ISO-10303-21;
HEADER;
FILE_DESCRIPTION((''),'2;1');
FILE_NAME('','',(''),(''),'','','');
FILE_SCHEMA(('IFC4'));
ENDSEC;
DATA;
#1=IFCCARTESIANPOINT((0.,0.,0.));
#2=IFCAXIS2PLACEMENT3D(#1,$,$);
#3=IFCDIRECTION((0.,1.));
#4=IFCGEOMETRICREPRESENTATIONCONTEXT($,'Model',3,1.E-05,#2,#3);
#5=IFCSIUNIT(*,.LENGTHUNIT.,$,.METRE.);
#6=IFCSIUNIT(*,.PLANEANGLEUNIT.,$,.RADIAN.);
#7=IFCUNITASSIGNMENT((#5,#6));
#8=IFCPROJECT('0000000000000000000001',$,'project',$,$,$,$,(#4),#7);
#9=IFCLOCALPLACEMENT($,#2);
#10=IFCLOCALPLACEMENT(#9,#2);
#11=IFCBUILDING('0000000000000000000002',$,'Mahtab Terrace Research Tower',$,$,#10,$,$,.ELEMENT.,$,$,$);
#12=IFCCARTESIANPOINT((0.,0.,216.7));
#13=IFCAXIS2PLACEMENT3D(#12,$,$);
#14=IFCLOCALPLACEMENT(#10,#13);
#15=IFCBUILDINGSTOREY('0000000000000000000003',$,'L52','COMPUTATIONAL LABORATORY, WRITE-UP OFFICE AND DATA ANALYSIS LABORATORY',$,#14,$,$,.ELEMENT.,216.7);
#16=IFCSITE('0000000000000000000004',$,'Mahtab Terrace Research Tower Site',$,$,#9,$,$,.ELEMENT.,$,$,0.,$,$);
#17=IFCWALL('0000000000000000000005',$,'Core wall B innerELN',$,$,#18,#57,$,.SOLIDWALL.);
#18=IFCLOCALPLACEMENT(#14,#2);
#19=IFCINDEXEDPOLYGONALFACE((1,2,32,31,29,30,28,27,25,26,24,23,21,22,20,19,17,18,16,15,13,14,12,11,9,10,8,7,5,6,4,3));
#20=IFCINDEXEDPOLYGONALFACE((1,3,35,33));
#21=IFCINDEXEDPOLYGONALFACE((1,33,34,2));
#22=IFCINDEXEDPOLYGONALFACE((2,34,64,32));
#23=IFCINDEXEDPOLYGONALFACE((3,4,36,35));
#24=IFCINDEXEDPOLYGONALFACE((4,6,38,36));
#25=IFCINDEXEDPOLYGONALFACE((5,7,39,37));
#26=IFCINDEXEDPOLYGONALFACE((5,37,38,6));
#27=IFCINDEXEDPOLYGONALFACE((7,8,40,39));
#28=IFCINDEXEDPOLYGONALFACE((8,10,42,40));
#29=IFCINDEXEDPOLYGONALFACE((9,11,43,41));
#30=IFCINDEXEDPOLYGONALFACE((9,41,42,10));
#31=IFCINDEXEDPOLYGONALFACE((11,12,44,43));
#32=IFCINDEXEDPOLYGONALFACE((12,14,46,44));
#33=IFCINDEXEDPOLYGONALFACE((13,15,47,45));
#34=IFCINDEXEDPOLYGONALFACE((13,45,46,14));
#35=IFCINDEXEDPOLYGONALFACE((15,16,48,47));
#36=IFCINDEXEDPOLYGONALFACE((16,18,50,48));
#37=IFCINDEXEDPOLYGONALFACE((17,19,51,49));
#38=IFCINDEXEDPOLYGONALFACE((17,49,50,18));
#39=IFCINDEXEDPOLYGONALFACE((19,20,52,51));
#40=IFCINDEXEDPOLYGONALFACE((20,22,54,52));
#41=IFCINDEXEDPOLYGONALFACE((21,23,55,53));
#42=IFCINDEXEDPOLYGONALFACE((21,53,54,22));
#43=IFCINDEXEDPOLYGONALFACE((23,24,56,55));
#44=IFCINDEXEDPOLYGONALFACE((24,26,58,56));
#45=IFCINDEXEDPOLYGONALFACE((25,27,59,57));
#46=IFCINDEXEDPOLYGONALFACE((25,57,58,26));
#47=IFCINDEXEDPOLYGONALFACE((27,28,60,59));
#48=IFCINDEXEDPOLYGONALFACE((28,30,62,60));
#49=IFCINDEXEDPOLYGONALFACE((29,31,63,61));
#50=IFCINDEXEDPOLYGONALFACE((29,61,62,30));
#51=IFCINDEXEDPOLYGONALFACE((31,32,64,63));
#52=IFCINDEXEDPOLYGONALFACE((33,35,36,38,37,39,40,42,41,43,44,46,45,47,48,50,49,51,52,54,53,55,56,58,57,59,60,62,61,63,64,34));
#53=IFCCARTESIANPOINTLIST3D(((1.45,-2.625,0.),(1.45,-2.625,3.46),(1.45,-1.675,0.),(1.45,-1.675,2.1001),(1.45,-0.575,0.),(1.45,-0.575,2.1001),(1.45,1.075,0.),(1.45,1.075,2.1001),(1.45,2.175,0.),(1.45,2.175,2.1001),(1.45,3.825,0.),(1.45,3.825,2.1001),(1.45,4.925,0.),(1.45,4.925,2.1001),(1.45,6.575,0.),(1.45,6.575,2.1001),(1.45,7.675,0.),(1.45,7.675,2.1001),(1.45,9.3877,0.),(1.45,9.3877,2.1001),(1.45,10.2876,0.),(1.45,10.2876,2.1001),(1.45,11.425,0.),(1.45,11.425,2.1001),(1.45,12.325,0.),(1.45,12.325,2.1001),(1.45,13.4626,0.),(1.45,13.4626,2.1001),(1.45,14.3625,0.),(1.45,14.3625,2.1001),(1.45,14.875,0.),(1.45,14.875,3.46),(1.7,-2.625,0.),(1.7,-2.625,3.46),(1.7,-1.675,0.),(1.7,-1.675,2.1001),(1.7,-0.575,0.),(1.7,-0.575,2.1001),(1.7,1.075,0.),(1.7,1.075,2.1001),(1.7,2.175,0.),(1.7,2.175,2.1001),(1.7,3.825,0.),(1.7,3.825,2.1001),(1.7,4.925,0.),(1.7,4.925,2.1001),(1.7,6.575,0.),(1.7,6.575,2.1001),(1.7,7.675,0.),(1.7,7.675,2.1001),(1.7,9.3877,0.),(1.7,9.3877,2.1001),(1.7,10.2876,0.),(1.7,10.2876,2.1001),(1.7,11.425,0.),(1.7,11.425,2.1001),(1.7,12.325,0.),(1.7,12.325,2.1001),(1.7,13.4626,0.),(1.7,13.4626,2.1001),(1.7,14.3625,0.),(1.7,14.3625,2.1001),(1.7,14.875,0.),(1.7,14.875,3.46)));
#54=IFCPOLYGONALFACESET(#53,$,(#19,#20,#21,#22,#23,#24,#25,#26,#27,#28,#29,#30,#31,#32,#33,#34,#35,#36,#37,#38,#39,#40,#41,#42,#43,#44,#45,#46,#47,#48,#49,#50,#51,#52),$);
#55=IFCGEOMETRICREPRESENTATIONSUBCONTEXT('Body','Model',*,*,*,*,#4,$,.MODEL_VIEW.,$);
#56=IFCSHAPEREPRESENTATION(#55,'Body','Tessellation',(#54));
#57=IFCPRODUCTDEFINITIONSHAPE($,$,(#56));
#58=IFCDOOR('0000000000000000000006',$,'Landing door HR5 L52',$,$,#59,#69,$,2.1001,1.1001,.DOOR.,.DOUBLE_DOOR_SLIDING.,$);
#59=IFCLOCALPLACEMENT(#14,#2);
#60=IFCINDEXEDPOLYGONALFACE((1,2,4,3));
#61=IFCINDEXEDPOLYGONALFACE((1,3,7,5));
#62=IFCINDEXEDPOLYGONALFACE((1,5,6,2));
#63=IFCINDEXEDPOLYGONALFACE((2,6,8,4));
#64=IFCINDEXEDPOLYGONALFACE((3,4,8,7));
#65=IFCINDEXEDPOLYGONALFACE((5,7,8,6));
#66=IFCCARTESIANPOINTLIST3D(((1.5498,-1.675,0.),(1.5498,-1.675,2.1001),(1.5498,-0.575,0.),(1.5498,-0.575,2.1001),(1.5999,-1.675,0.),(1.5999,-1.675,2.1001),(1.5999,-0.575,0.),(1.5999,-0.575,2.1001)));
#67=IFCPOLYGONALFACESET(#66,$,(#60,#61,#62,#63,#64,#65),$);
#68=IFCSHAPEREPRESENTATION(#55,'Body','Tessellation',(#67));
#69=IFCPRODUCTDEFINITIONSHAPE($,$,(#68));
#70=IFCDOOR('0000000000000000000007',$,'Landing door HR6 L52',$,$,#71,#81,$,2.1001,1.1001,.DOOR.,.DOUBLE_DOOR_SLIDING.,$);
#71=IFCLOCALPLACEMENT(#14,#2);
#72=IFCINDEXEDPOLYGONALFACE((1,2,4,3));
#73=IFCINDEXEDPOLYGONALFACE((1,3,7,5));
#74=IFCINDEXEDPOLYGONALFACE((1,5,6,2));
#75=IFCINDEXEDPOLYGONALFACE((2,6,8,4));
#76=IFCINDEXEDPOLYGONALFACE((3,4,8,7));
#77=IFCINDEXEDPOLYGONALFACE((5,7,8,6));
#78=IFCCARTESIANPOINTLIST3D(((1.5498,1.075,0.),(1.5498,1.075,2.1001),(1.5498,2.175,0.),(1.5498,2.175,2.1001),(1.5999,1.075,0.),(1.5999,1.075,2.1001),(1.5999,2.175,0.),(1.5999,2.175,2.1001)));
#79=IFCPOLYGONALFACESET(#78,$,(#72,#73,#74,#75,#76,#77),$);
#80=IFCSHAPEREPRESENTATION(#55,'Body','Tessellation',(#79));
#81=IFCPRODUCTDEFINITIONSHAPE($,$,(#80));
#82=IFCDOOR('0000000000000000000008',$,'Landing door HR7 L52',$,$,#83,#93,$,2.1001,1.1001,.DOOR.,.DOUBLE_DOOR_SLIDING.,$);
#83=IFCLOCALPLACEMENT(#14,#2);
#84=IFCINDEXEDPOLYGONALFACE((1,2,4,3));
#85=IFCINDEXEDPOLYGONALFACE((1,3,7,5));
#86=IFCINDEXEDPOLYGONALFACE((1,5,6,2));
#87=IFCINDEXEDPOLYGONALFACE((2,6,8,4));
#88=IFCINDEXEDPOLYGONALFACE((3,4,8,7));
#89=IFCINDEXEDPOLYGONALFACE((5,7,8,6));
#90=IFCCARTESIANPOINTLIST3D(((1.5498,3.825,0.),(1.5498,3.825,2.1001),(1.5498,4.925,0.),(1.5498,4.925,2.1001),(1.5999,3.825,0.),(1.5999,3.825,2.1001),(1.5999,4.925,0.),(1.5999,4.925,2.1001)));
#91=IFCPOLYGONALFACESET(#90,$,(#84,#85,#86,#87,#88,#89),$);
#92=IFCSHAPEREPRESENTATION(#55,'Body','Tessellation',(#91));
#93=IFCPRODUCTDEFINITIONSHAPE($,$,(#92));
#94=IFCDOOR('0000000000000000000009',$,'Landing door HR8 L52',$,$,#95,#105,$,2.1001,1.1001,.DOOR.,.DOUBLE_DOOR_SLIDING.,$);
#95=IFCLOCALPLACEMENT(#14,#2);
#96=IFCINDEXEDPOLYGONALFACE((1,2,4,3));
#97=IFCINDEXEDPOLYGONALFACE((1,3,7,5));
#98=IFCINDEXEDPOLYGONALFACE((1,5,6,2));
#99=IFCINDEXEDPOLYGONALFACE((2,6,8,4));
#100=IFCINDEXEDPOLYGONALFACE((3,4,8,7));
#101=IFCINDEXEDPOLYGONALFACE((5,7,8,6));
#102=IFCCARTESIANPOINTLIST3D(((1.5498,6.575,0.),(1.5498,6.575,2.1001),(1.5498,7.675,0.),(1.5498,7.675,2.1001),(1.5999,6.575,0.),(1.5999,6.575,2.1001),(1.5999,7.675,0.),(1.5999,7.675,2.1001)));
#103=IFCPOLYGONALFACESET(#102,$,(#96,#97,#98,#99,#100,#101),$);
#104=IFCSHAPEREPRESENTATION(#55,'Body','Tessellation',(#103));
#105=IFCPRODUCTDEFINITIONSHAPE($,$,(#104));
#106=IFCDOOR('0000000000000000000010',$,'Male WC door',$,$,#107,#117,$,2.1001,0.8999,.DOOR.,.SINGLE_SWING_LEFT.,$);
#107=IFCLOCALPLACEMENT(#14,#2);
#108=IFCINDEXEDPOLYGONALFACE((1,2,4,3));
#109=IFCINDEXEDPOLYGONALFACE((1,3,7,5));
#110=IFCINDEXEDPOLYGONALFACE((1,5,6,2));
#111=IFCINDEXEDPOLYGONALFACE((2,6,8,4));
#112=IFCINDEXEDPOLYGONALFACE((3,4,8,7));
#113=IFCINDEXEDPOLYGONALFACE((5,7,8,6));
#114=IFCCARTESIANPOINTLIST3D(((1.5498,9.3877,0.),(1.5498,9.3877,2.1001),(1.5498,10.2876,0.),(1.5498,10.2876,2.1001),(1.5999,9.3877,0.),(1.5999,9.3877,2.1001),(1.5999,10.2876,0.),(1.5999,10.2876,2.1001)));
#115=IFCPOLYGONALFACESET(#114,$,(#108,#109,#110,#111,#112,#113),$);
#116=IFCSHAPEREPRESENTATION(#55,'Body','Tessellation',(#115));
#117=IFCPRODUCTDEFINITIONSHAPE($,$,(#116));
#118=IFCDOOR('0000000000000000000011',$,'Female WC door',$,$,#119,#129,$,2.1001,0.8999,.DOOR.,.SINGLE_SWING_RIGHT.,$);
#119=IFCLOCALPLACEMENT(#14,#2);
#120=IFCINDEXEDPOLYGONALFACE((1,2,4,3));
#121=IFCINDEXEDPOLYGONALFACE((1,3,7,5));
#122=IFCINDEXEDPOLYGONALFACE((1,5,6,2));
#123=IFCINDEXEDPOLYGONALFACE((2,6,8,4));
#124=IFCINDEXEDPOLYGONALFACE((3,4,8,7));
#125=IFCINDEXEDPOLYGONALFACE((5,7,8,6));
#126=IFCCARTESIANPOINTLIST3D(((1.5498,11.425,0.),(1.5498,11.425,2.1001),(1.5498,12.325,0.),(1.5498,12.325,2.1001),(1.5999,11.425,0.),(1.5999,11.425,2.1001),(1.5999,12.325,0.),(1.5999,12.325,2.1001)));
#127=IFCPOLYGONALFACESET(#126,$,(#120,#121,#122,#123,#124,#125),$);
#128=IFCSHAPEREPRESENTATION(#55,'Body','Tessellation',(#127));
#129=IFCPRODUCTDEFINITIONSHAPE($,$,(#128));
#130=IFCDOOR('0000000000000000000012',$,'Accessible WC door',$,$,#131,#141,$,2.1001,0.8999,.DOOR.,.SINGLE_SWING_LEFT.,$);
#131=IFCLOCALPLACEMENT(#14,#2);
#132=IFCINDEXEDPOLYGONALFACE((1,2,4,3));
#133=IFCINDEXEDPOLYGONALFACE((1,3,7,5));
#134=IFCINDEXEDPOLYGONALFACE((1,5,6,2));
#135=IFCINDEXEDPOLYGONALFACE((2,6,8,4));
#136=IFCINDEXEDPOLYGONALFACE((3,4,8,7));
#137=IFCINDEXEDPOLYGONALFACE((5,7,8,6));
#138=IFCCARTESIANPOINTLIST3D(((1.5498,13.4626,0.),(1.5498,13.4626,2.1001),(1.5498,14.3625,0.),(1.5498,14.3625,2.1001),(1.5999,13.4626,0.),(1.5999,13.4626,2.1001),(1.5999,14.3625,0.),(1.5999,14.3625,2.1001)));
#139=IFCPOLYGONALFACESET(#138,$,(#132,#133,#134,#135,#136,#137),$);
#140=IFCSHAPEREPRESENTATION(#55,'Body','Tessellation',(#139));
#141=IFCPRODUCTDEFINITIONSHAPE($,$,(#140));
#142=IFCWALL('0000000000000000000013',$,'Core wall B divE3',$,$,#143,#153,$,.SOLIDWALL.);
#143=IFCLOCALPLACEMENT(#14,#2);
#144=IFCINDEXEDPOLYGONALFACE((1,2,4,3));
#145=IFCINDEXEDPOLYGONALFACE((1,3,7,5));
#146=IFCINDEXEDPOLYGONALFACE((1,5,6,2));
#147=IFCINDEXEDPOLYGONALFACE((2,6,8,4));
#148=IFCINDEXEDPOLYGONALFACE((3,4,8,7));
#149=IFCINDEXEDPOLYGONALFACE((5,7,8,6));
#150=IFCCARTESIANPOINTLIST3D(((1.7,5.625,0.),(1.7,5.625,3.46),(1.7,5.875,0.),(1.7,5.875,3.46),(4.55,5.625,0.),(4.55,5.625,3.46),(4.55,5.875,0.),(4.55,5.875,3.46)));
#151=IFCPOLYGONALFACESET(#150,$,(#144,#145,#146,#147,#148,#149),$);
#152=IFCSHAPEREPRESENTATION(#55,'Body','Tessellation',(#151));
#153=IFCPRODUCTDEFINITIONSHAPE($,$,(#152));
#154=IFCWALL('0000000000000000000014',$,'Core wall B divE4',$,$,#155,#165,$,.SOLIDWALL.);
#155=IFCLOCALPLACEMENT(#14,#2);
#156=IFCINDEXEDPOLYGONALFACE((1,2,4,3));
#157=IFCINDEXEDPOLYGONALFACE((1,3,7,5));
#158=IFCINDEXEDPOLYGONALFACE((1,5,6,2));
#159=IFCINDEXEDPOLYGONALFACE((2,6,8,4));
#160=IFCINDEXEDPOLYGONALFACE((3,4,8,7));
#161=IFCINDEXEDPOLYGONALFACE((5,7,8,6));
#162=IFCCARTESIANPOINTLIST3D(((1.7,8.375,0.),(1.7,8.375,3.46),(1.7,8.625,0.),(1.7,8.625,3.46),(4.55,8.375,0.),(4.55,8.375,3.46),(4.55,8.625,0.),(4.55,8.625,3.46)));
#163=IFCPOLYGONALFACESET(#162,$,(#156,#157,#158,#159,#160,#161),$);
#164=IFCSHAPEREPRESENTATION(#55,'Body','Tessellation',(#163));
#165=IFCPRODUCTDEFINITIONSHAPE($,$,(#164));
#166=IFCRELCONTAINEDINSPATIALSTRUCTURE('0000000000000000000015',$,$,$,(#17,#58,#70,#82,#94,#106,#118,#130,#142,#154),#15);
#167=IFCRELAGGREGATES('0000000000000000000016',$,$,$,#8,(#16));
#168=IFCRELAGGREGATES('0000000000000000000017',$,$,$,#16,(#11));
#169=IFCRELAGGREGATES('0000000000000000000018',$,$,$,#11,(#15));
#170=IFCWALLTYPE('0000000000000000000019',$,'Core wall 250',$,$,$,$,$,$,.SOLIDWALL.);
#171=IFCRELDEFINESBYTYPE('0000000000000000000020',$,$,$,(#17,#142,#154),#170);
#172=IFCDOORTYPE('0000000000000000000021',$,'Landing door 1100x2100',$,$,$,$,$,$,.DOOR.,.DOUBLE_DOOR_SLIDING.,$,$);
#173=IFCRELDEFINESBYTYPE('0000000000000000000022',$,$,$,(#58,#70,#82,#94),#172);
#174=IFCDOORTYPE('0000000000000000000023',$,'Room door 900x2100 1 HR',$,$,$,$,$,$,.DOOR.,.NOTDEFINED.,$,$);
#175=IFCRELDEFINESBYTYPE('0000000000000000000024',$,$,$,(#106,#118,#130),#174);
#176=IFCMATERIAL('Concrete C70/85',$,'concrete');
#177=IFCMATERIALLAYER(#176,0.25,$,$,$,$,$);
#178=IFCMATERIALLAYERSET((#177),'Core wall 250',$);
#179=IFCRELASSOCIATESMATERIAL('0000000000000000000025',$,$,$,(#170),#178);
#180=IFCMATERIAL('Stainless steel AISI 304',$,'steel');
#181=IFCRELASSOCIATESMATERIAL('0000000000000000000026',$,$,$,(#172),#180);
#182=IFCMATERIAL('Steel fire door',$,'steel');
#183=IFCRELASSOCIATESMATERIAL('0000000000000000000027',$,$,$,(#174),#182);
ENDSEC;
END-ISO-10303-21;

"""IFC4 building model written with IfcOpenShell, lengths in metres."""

from ifc_helpers import new_model, si_unit, direction, frame, frame_2d, origin, place, context, subcontext, project, spatial, rectangle, extrude, material, layer, layer_set, type_object, element, fill, save


model = new_model("IFC4")

# Units and contexts
model_context = context("Model", 3, precision=1e-05, world=origin(), true_north=direction((0.0, 1.0)))
body_context = subcontext(model_context, "Body", "Model", "MODEL_VIEW")
ifc_project = project(units=[si_unit("LENGTHUNIT", "METRE"), si_unit("PLANEANGLEUNIT", "RADIAN")], contexts=[model_context])

# Site, building, storey
site_placement = place(None, origin())
site = spatial("IfcSite", under=ifc_project, at=site_placement, Name="Mahtab Terrace Research Tower Site", CompositionType="ELEMENT", RefElevation=0.0)
building_placement = place(site_placement, origin())
building = spatial("IfcBuilding", under=site, at=building_placement, Name="Mahtab Terrace Research Tower", CompositionType="ELEMENT")
storey_placement = place(building_placement, frame((0.0, 0.0, 216.7)))
storey = spatial("IfcBuildingStorey", under=building, at=storey_placement, Name="L52", Description="COMPUTATIONAL LABORATORY, WRITE-UP OFFICE AND DATA ANALYSIS LABORATORY", CompositionType="ELEMENT", Elevation=216.7)

# Shared definitions
ifc_material_1 = material(Name="Concrete C70/85", Category="concrete")

# Wall, openings, doors
ifc_layer_1 = layer(ifc_material_1, 0.25)
ifc_layer_set_1 = layer_set([ifc_layer_1], Name="Core wall 250")
wall_type_1 = type_object("IfcWallType", Name="Core wall 250", PredefinedType="SOLIDWALL", material=ifc_layer_set_1)
wall_1_placement = place(storey_placement, frame((1.575, 14.875, 0.0), z_axis=(0.0, 0.0, 1.0), x_axis=(0.0, -1.0, 0.0)))
wall_1 = element("IfcWall", 1, at=wall_1_placement, inside=storey, type_object=wall_type_1, Name="Core wall B innerELN", PredefinedType="SOLIDWALL", context=body_context, shape_type="SweptSolid", body=[
    extrude(rectangle(XDim=17.5, YDim=0.25, at=frame_2d((8.75, 0.0))), origin(), (0.0, 0.0, 1.0), 3.46),
])
opening_1_placement = place(wall_1_placement, frame((15.45, 0.0, 0.0)))
opening_1 = element("IfcOpeningElement", 2, at=opening_1_placement, cuts=wall_1, PredefinedType="OPENING", context=body_context, shape_type="SweptSolid", body=[
    extrude(rectangle(XDim=1.1001, YDim=2.1001, at=frame_2d((0.55, 1.05))), frame((0.0, 0.135, 0.0), z_axis=(0.0, -1.0, 0.0), x_axis=(1.0, 0.0, 0.0)), (0.0, 0.0, 1.0), 0.27),
])
opening_2_placement = place(wall_1_placement, frame((12.7, 0.0, 0.0)))
opening_2 = element("IfcOpeningElement", 3, at=opening_2_placement, cuts=wall_1, PredefinedType="OPENING", context=body_context, shape_type="SweptSolid", body=[
    extrude(rectangle(XDim=1.1001, YDim=2.1001, at=frame_2d((0.55, 1.05))), frame((0.0, 0.135, 0.0), z_axis=(0.0, -1.0, 0.0), x_axis=(1.0, 0.0, 0.0)), (0.0, 0.0, 1.0), 0.27),
])
opening_3_placement = place(wall_1_placement, frame((9.95, 0.0, 0.0)))
opening_3 = element("IfcOpeningElement", 4, at=opening_3_placement, cuts=wall_1, PredefinedType="OPENING", context=body_context, shape_type="SweptSolid", body=[
    extrude(rectangle(XDim=1.1001, YDim=2.1001, at=frame_2d((0.55, 1.05))), frame((0.0, 0.135, 0.0), z_axis=(0.0, -1.0, 0.0), x_axis=(1.0, 0.0, 0.0)), (0.0, 0.0, 1.0), 0.27),
])
opening_4_placement = place(wall_1_placement, frame((7.2, 0.0, 0.0)))
opening_4 = element("IfcOpeningElement", 5, at=opening_4_placement, cuts=wall_1, PredefinedType="OPENING", context=body_context, shape_type="SweptSolid", body=[
    extrude(rectangle(XDim=1.1001, YDim=2.1001, at=frame_2d((0.55, 1.05))), frame((0.0, 0.135, 0.0), z_axis=(0.0, -1.0, 0.0), x_axis=(1.0, 0.0, 0.0)), (0.0, 0.0, 1.0), 0.27),
])
opening_5_placement = place(wall_1_placement, frame((4.5874, 0.0, 0.0)))
opening_5 = element("IfcOpeningElement", 6, at=opening_5_placement, cuts=wall_1, PredefinedType="OPENING", context=body_context, shape_type="SweptSolid", body=[
    extrude(rectangle(XDim=0.8999, YDim=2.1001, at=frame_2d((0.45, 1.05))), frame((0.0, 0.135, 0.0), z_axis=(0.0, -1.0, 0.0), x_axis=(1.0, 0.0, 0.0)), (0.0, 0.0, 1.0), 0.27),
])
opening_6_placement = place(wall_1_placement, frame((2.55, 0.0, 0.0)))
opening_6 = element("IfcOpeningElement", 7, at=opening_6_placement, cuts=wall_1, PredefinedType="OPENING", context=body_context, shape_type="SweptSolid", body=[
    extrude(rectangle(XDim=0.8999, YDim=2.1001, at=frame_2d((0.45, 1.05))), frame((0.0, 0.135, 0.0), z_axis=(0.0, -1.0, 0.0), x_axis=(1.0, 0.0, 0.0)), (0.0, 0.0, 1.0), 0.27),
])
opening_7_placement = place(wall_1_placement, frame((0.5125, 0.0, 0.0)))
opening_7 = element("IfcOpeningElement", 8, at=opening_7_placement, cuts=wall_1, PredefinedType="OPENING", context=body_context, shape_type="SweptSolid", body=[
    extrude(rectangle(XDim=0.8999, YDim=2.1001, at=frame_2d((0.45, 1.05))), frame((0.0, 0.135, 0.0), z_axis=(0.0, -1.0, 0.0), x_axis=(1.0, 0.0, 0.0)), (0.0, 0.0, 1.0), 0.27),
])
ifc_material_2 = material(Name="Stainless steel AISI 304", Category="steel")
door_type_1 = type_object("IfcDoorType", Name="Landing door 1100x2100", OperationType="DOUBLE_DOOR_SLIDING", PredefinedType="DOOR", material=ifc_material_2)
door_1_placement = place(opening_1_placement, origin())
door_1 = element("IfcDoor", 9, at=door_1_placement, inside=storey, type_object=door_type_1, Name="Landing door HR5 L52", OperationType="DOUBLE_DOOR_SLIDING", OverallHeight=2.1001, OverallWidth=1.1001, PredefinedType="DOOR", context=body_context, shape_type="SweptSolid", body=[
    extrude(rectangle(XDim=1.1001, YDim=2.1001, at=frame_2d((0.55, 1.05))), frame((0.0, 0.0249, 0.0), z_axis=(0.0, -1.0, 0.0), x_axis=(1.0, 0.0, 0.0)), (0.0, 0.0, 1.0), 0.05),
])
fill(opening_1, door_1)
door_2_placement = place(opening_2_placement, origin())
door_2 = element("IfcDoor", 10, at=door_2_placement, inside=storey, type_object=door_type_1, Name="Landing door HR6 L52", OperationType="DOUBLE_DOOR_SLIDING", OverallHeight=2.1001, OverallWidth=1.1001, PredefinedType="DOOR", context=body_context, shape_type="SweptSolid", body=[
    extrude(rectangle(XDim=1.1001, YDim=2.1001, at=frame_2d((0.55, 1.05))), frame((0.0, 0.0249, 0.0), z_axis=(0.0, -1.0, 0.0), x_axis=(1.0, 0.0, 0.0)), (0.0, 0.0, 1.0), 0.05),
])
fill(opening_2, door_2)
door_3_placement = place(opening_3_placement, origin())
door_3 = element("IfcDoor", 11, at=door_3_placement, inside=storey, type_object=door_type_1, Name="Landing door HR7 L52", OperationType="DOUBLE_DOOR_SLIDING", OverallHeight=2.1001, OverallWidth=1.1001, PredefinedType="DOOR", context=body_context, shape_type="SweptSolid", body=[
    extrude(rectangle(XDim=1.1001, YDim=2.1001, at=frame_2d((0.55, 1.05))), frame((0.0, 0.0249, 0.0), z_axis=(0.0, -1.0, 0.0), x_axis=(1.0, 0.0, 0.0)), (0.0, 0.0, 1.0), 0.05),
])
fill(opening_3, door_3)
door_4_placement = place(opening_4_placement, origin())
door_4 = element("IfcDoor", 12, at=door_4_placement, inside=storey, type_object=door_type_1, Name="Landing door HR8 L52", OperationType="DOUBLE_DOOR_SLIDING", OverallHeight=2.1001, OverallWidth=1.1001, PredefinedType="DOOR", context=body_context, shape_type="SweptSolid", body=[
    extrude(rectangle(XDim=1.1001, YDim=2.1001, at=frame_2d((0.55, 1.05))), frame((0.0, 0.0249, 0.0), z_axis=(0.0, -1.0, 0.0), x_axis=(1.0, 0.0, 0.0)), (0.0, 0.0, 1.0), 0.05),
])
fill(opening_4, door_4)
ifc_material_3 = material(Name="Steel fire door", Category="steel")
door_type_2 = type_object("IfcDoorType", Name="Room door 900x2100 1 HR", OperationType="NOTDEFINED", PredefinedType="DOOR", material=ifc_material_3)
door_5_placement = place(opening_5_placement, origin())
door_5 = element("IfcDoor", 13, at=door_5_placement, inside=storey, type_object=door_type_2, Name="Male WC door", OperationType="SINGLE_SWING_LEFT", OverallHeight=2.1001, OverallWidth=0.8999, PredefinedType="DOOR", context=body_context, shape_type="SweptSolid", body=[
    extrude(rectangle(XDim=0.8999, YDim=2.1001, at=frame_2d((0.45, 1.05))), frame((0.0, 0.0249, 0.0), z_axis=(0.0, -1.0, 0.0), x_axis=(1.0, 0.0, 0.0)), (0.0, 0.0, 1.0), 0.05),
])
fill(opening_5, door_5)
door_6_placement = place(opening_6_placement, origin())
door_6 = element("IfcDoor", 14, at=door_6_placement, inside=storey, type_object=door_type_2, Name="Female WC door", OperationType="SINGLE_SWING_RIGHT", OverallHeight=2.1001, OverallWidth=0.8999, PredefinedType="DOOR", context=body_context, shape_type="SweptSolid", body=[
    extrude(rectangle(XDim=0.8999, YDim=2.1001, at=frame_2d((0.45, 1.05))), frame((0.0, 0.0249, 0.0), z_axis=(0.0, -1.0, 0.0), x_axis=(1.0, 0.0, 0.0)), (0.0, 0.0, 1.0), 0.05),
])
fill(opening_6, door_6)
door_7_placement = place(opening_7_placement, origin())
door_7 = element("IfcDoor", 15, at=door_7_placement, inside=storey, type_object=door_type_2, Name="Accessible WC door", OperationType="SINGLE_SWING_LEFT", OverallHeight=2.1001, OverallWidth=0.8999, PredefinedType="DOOR", context=body_context, shape_type="SweptSolid", body=[
    extrude(rectangle(XDim=0.8999, YDim=2.1001, at=frame_2d((0.45, 1.05))), frame((0.0, 0.0249, 0.0), z_axis=(0.0, -1.0, 0.0), x_axis=(1.0, 0.0, 0.0)), (0.0, 0.0, 1.0), 0.05),
])
fill(opening_7, door_7)

# Walls
for number, where, z_axis, x_axis, name in (
    (16, (1.7, 5.75, 0.0), (0.0, 0.0, 1.0), (1.0, 0.0, 0.0), "Core wall B divE3"),
    (17, (1.7, 8.5, 0.0), (0.0, 0.0, 1.0), (1.0, 0.0, 0.0), "Core wall B divE4"),
):
    element("IfcWall", number, at=place(storey_placement, frame(where, z_axis=z_axis, x_axis=x_axis)), inside=storey, type_object=wall_type_1, Name=name, PredefinedType="SOLIDWALL", context=body_context, shape_type="SweptSolid", body=[
        extrude(rectangle(XDim=2.8501, YDim=0.25, at=frame_2d((1.425, 0.0))), origin(), (0.0, 0.0, 1.0), 3.46),
    ])

save(model, "model.ifc")
